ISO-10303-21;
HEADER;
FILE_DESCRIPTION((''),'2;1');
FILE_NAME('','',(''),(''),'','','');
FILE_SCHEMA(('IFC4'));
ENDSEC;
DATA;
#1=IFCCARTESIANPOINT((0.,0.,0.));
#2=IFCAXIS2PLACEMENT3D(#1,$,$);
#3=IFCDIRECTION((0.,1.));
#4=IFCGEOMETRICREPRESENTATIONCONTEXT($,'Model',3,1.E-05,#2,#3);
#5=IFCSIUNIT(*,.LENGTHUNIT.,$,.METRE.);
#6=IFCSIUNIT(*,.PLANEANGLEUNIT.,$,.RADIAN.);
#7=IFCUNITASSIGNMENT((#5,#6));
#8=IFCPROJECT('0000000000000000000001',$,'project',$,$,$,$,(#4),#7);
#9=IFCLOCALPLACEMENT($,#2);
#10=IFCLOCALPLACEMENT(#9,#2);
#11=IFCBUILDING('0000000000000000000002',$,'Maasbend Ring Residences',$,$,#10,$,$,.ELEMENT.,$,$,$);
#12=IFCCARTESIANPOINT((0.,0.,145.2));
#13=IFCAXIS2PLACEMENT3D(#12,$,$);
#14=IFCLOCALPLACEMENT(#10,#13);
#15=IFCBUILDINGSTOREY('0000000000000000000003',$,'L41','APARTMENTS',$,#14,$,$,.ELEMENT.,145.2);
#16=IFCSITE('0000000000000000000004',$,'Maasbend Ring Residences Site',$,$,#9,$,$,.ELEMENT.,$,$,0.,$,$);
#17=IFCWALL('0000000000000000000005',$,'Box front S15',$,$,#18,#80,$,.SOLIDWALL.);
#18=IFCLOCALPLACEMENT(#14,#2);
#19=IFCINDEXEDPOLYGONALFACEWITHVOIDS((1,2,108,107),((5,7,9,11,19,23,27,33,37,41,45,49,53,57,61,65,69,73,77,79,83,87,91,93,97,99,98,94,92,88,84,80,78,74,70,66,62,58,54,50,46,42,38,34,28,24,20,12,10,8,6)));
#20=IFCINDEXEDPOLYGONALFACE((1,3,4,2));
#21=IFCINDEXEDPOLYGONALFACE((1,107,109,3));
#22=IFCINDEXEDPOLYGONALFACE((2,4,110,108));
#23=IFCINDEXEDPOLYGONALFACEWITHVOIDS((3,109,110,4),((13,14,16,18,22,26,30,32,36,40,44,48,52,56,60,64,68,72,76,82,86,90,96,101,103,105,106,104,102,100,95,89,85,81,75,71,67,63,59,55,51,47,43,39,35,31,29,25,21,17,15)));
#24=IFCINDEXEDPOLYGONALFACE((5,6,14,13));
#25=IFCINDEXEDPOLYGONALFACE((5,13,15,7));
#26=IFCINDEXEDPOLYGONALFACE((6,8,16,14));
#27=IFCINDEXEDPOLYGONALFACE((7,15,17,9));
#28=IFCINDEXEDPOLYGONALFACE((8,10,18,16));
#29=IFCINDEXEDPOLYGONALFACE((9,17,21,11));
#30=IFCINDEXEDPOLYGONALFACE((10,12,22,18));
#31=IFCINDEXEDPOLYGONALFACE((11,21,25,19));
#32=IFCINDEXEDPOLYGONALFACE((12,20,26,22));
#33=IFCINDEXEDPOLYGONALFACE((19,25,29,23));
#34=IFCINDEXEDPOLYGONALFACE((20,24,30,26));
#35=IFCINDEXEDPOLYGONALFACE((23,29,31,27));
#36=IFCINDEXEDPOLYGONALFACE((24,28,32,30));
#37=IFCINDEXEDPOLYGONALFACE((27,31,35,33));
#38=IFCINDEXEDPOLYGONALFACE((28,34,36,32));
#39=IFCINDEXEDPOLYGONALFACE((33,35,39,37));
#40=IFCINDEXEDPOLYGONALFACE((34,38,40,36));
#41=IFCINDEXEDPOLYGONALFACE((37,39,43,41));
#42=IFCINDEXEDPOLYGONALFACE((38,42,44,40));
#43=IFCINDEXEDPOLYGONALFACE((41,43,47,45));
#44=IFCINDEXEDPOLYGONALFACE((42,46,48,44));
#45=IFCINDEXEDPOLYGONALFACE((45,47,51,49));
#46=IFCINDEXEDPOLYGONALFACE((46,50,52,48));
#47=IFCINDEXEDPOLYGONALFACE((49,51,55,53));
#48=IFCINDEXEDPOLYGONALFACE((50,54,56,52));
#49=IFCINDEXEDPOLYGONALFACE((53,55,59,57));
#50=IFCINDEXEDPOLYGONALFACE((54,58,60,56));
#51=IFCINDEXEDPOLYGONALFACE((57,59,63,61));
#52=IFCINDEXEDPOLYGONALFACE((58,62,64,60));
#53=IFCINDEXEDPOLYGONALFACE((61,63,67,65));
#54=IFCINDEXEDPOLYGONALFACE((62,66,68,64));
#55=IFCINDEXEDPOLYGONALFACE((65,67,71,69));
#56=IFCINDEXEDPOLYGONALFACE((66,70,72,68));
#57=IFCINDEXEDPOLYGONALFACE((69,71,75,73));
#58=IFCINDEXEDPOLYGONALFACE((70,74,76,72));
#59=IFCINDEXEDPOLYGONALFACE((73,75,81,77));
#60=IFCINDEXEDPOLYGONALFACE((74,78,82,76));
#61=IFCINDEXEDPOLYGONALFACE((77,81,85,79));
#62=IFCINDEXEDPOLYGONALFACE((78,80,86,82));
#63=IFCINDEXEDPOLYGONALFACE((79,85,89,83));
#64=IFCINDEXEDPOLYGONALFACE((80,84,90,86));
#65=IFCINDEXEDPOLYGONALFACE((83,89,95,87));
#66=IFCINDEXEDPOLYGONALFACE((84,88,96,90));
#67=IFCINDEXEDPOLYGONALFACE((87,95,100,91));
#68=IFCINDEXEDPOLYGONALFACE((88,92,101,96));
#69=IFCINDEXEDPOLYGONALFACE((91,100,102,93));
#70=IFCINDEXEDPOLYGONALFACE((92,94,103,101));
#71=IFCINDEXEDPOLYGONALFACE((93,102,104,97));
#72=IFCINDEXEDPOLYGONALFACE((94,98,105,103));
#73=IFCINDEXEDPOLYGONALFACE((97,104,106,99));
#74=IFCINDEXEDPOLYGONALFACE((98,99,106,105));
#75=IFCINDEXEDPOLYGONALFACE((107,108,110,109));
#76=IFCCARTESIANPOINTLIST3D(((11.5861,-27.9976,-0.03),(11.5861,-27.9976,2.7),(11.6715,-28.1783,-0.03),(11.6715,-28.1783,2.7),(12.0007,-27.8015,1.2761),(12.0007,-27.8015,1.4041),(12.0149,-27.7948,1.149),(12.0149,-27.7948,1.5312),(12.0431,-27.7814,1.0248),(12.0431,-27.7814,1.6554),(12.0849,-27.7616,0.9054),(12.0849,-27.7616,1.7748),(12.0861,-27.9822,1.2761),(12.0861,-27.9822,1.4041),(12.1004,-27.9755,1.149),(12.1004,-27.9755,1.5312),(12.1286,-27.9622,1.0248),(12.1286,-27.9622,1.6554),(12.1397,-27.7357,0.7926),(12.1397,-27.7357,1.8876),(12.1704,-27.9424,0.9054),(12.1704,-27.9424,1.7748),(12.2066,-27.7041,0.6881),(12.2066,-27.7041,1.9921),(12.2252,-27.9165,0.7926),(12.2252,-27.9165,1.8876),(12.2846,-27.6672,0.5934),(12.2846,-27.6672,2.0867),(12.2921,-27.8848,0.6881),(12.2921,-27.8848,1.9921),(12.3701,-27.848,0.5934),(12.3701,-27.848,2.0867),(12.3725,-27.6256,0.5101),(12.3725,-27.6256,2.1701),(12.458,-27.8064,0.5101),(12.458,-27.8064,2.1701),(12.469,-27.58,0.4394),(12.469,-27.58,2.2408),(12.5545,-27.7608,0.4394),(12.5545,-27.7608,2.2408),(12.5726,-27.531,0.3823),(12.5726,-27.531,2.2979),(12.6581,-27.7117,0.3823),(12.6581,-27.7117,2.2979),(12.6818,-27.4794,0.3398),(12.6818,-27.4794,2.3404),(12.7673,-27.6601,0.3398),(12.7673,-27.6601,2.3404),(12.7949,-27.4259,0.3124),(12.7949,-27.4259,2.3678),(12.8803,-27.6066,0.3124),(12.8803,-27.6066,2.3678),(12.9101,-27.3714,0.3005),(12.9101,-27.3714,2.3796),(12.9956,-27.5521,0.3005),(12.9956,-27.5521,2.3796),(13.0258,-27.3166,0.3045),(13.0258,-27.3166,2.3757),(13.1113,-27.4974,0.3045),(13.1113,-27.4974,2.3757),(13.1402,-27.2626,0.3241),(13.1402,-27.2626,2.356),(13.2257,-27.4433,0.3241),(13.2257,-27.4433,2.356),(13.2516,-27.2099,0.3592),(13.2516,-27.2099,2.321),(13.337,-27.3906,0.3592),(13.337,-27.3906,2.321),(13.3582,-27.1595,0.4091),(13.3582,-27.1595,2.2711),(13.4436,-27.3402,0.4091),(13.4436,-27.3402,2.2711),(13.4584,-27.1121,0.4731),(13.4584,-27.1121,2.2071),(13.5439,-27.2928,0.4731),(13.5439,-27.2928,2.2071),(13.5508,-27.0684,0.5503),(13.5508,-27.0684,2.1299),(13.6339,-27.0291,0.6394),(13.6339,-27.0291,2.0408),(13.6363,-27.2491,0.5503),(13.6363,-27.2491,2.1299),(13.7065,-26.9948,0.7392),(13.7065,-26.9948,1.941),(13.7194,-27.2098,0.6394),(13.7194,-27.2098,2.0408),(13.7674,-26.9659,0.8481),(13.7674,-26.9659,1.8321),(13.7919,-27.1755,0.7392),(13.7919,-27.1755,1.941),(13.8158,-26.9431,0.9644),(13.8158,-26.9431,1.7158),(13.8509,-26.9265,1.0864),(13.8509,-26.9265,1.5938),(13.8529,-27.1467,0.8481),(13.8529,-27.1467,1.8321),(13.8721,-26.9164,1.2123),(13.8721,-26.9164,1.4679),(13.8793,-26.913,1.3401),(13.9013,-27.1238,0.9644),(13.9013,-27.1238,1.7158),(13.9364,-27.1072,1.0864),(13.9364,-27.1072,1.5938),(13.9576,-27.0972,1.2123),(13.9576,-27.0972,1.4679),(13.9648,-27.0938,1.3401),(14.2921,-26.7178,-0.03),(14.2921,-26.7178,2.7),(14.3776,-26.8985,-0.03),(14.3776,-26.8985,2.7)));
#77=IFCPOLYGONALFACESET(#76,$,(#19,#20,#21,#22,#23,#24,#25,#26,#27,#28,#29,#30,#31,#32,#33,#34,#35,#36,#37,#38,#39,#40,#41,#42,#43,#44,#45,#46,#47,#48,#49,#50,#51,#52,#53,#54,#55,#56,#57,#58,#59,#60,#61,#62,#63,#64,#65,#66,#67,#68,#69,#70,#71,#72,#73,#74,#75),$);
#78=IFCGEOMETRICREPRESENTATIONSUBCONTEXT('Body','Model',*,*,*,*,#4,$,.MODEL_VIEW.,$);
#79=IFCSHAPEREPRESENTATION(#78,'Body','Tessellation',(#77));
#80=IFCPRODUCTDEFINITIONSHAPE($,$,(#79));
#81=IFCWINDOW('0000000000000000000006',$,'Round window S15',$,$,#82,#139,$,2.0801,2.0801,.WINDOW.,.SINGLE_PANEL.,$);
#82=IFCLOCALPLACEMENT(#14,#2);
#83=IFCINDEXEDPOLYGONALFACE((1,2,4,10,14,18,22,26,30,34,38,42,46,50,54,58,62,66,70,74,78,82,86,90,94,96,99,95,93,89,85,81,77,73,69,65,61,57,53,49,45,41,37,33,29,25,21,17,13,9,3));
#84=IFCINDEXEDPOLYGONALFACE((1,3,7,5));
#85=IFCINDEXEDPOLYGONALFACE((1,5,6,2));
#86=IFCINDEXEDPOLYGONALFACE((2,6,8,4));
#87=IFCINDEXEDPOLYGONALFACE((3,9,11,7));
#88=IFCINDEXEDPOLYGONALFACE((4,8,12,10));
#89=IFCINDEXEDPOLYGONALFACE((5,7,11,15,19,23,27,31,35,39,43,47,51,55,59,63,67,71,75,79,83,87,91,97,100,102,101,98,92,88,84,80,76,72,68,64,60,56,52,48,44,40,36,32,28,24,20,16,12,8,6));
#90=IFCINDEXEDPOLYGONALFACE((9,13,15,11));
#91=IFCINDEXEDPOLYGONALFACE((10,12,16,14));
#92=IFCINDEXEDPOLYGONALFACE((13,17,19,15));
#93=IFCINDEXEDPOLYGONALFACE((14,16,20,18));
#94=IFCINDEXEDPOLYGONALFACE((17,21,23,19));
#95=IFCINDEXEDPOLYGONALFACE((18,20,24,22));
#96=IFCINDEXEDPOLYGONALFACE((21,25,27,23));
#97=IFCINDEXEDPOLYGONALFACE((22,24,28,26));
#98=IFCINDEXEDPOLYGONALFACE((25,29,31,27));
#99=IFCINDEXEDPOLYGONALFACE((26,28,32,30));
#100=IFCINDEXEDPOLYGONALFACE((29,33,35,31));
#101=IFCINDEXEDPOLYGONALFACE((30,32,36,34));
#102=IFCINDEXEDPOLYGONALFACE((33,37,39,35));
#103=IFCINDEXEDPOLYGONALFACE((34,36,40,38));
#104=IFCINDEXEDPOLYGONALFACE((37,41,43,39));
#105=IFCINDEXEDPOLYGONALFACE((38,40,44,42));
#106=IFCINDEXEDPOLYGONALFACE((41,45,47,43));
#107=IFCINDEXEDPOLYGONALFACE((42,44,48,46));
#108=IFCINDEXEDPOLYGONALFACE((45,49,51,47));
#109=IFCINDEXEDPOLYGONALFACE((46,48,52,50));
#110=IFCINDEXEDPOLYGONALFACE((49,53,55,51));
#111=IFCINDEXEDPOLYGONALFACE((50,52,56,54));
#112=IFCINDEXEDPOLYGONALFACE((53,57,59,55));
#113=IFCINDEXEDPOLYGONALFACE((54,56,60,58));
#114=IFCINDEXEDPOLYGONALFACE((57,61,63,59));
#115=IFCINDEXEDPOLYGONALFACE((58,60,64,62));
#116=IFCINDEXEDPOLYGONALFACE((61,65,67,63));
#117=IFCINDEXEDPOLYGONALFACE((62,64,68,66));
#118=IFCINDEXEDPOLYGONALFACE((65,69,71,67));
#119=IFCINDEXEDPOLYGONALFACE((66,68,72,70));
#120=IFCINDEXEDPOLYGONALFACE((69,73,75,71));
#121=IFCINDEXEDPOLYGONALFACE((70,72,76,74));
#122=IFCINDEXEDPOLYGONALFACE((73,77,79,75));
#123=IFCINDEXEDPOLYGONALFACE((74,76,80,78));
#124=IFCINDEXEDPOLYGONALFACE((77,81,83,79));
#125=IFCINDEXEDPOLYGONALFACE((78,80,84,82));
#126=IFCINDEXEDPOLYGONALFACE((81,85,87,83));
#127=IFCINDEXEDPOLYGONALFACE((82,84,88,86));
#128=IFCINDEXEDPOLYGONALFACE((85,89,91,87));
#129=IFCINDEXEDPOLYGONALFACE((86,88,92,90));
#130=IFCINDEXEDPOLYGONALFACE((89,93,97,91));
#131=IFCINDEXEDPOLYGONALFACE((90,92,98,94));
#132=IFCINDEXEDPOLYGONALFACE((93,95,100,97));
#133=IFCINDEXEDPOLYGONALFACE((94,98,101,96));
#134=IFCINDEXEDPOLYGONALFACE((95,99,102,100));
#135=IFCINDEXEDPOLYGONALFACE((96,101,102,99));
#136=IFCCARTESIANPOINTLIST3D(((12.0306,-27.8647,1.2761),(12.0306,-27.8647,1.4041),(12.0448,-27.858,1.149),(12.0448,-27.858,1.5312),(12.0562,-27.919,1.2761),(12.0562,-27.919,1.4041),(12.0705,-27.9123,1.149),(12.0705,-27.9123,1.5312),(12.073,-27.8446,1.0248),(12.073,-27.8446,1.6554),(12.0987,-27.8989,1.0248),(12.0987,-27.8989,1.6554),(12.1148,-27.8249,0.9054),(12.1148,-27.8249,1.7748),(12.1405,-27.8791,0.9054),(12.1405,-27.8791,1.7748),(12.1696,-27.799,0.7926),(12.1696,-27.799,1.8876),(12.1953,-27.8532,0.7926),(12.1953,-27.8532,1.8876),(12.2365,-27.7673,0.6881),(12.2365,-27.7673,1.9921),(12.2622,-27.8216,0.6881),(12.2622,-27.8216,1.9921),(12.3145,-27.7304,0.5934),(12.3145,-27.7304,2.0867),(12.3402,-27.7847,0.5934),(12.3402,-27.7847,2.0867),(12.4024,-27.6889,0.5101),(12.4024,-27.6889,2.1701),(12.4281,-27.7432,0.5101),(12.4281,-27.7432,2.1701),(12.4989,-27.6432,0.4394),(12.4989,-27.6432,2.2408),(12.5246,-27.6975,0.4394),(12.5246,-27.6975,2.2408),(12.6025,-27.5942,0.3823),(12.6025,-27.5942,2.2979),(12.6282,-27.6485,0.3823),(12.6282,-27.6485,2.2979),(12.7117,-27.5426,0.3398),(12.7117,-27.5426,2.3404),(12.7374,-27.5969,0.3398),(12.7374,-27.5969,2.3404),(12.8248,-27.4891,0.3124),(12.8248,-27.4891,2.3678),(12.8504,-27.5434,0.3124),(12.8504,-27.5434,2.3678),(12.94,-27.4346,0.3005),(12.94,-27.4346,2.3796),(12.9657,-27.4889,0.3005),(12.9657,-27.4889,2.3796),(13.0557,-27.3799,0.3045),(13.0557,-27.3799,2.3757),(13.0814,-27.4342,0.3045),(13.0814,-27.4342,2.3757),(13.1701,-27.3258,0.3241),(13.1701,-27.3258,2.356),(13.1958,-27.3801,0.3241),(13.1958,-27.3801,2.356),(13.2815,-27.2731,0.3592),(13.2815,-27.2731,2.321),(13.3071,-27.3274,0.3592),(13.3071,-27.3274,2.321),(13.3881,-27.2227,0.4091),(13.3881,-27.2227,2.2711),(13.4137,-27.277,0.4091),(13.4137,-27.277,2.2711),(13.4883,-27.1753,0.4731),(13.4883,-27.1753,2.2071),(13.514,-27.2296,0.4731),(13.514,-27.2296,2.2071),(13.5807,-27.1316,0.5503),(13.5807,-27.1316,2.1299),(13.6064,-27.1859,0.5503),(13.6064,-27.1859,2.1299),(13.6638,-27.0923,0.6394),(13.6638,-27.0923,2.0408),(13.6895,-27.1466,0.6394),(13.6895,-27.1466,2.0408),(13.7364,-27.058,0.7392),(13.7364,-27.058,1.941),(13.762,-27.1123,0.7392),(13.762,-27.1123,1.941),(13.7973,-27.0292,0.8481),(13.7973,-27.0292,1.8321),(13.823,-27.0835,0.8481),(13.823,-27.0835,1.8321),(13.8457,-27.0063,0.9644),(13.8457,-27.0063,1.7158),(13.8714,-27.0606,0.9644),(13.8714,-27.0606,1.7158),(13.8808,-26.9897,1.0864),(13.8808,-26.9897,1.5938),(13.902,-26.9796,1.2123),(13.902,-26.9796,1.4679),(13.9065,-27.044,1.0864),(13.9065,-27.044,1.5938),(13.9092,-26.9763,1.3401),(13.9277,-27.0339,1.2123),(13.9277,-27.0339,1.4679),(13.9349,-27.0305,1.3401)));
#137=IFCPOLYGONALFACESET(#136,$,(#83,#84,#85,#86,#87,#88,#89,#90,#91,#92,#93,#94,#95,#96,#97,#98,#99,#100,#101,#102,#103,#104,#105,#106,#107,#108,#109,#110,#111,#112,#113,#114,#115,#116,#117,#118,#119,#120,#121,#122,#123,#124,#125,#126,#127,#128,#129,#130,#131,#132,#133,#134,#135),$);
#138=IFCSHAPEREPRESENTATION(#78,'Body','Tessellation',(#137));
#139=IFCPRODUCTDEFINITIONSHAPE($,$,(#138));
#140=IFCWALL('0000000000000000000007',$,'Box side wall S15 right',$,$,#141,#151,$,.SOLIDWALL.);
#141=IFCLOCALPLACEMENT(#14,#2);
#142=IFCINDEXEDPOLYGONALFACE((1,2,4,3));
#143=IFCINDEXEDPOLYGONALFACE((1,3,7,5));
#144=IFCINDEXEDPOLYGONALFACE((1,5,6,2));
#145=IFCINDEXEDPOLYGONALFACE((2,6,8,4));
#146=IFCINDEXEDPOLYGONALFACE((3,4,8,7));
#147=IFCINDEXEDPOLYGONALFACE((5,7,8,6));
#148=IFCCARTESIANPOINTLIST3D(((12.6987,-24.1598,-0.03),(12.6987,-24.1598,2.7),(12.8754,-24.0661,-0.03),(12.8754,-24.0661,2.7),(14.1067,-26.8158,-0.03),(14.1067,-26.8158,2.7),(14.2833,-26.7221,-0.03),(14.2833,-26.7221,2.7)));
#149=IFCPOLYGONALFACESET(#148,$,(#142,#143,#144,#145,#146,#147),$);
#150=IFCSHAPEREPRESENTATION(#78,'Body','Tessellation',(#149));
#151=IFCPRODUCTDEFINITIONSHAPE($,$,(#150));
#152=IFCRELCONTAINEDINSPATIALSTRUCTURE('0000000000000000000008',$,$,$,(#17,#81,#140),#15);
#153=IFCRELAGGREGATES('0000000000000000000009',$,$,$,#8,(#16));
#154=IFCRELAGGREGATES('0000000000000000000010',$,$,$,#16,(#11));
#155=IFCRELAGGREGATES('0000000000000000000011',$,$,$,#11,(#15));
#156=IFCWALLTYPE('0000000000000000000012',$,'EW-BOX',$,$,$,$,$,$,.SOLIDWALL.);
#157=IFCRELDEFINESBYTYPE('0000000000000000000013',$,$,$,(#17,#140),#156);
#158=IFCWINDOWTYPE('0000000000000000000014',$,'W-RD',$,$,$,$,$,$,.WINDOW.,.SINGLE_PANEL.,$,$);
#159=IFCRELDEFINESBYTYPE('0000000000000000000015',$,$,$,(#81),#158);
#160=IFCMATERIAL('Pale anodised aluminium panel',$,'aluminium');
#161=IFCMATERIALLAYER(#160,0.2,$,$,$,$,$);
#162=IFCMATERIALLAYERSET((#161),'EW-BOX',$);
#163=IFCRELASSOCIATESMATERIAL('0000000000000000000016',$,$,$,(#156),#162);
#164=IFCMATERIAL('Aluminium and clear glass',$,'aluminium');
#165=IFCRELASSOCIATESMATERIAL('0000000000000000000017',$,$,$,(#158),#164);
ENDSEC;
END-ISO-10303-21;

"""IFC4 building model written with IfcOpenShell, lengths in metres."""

from ifc_helpers import new_model, si_unit, direction, frame, frame_2d, origin, place, context, subcontext, project, spatial, rectangle, circle, extrude, material, layer, layer_set, type_object, element, fill, save


model = new_model("IFC4")

# Units and contexts
model_context = context("Model", 3, precision=1e-05, world=origin(), true_north=direction((0.0, 1.0)))
body_context = subcontext(model_context, "Body", "Model", "MODEL_VIEW")
ifc_project = project(units=[si_unit("LENGTHUNIT", "METRE"), si_unit("PLANEANGLEUNIT", "RADIAN")], contexts=[model_context])

# Site, building, storey
site_placement = place(None, origin())
site = spatial("IfcSite", under=ifc_project, at=site_placement, Name="Maasbend Ring Residences Site", CompositionType="ELEMENT", RefElevation=0.0)
building_placement = place(site_placement, origin())
building = spatial("IfcBuilding", under=site, at=building_placement, Name="Maasbend Ring Residences", CompositionType="ELEMENT")
storey_placement = place(building_placement, frame((0.0, 0.0, 145.2)))
storey = spatial("IfcBuildingStorey", under=building, at=storey_placement, Name="L41", Description="APARTMENTS", CompositionType="ELEMENT", Elevation=145.2)

# Wall, opening, window
ifc_material_1 = material(Name="Pale anodised aluminium panel", Category="aluminium")
ifc_layer_1 = layer(ifc_material_1, 0.2)
ifc_layer_set_1 = layer_set([ifc_layer_1], Name="EW-BOX")
wall_type_1 = type_object("IfcWallType", Name="EW-BOX", PredefinedType="SOLIDWALL", material=ifc_layer_set_1)
wall_1_placement = place(storey_placement, frame((11.6289, -28.0879, -0.03), z_axis=(0.0, 0.0, 1.0), x_axis=(0.904, 0.427532, 0.0)))
wall_1 = element("IfcWall", 1, at=wall_1_placement, inside=storey, type_object=wall_type_1, Name="Box front S15", PredefinedType="SOLIDWALL", context=body_context, shape_type="SweptSolid", body=[
    extrude(rectangle(XDim=2.9934, YDim=0.2, at=frame_2d((1.4966, 0.0))), origin(), (0.0, 0.0, 1.0), 2.73),
])
opening_1_placement = place(wall_1_placement, frame((0.4565, 0.0, 0.3301)))
opening_1 = element("IfcOpeningElement", 2, at=opening_1_placement, cuts=wall_1, PredefinedType="OPENING", context=body_context, shape_type="SweptSolid", body=[
    extrude(circle(Radius=1.04, at=frame_2d((1.04, 1.04))), frame((0.0, 0.1099, 0.0), z_axis=(0.0, -1.0, 0.0), x_axis=(1.0, 0.0, 0.0)), (0.0, 0.0, 1.0), 0.22),
])
ifc_material_2 = material(Name="Aluminium and clear glass", Category="aluminium")
window_type_1 = type_object("IfcWindowType", Name="W-RD", PartitioningType="SINGLE_PANEL", PredefinedType="WINDOW", material=ifc_material_2)
window_1_placement = place(opening_1_placement, origin())
window_1 = element("IfcWindow", 3, at=window_1_placement, inside=storey, type_object=window_type_1, Name="Round window S15", OverallHeight=2.0801, OverallWidth=2.0801, PartitioningType="SINGLE_PANEL", PredefinedType="WINDOW", context=body_context, shape_type="SweptSolid", body=[
    extrude(circle(Radius=1.04, at=frame_2d((1.04, 1.04))), frame((0.0, 0.03, 0.0), z_axis=(0.0, -1.0, 0.0), x_axis=(1.0, 0.0, 0.0)), (0.0, 0.0, 1.0), 0.0601),
])
fill(opening_1, window_1)

# Wall
wall_2_placement = place(storey_placement, frame((12.7871, -24.113, -0.03), z_axis=(0.0, 0.0, 1.0), x_axis=(0.468365, -0.883535, 0.0)))
element("IfcWall", 4, at=wall_2_placement, inside=storey, type_object=wall_type_1, Name="Box side wall S15 right", PredefinedType="SOLIDWALL", context=body_context, shape_type="SweptSolid", body=[
    extrude(rectangle(XDim=3.0061, YDim=0.2, at=frame_2d((1.5029, 0.0))), origin(), (0.0, 0.0, 1.0), 2.73),
])

save(model, "model.ifc")
